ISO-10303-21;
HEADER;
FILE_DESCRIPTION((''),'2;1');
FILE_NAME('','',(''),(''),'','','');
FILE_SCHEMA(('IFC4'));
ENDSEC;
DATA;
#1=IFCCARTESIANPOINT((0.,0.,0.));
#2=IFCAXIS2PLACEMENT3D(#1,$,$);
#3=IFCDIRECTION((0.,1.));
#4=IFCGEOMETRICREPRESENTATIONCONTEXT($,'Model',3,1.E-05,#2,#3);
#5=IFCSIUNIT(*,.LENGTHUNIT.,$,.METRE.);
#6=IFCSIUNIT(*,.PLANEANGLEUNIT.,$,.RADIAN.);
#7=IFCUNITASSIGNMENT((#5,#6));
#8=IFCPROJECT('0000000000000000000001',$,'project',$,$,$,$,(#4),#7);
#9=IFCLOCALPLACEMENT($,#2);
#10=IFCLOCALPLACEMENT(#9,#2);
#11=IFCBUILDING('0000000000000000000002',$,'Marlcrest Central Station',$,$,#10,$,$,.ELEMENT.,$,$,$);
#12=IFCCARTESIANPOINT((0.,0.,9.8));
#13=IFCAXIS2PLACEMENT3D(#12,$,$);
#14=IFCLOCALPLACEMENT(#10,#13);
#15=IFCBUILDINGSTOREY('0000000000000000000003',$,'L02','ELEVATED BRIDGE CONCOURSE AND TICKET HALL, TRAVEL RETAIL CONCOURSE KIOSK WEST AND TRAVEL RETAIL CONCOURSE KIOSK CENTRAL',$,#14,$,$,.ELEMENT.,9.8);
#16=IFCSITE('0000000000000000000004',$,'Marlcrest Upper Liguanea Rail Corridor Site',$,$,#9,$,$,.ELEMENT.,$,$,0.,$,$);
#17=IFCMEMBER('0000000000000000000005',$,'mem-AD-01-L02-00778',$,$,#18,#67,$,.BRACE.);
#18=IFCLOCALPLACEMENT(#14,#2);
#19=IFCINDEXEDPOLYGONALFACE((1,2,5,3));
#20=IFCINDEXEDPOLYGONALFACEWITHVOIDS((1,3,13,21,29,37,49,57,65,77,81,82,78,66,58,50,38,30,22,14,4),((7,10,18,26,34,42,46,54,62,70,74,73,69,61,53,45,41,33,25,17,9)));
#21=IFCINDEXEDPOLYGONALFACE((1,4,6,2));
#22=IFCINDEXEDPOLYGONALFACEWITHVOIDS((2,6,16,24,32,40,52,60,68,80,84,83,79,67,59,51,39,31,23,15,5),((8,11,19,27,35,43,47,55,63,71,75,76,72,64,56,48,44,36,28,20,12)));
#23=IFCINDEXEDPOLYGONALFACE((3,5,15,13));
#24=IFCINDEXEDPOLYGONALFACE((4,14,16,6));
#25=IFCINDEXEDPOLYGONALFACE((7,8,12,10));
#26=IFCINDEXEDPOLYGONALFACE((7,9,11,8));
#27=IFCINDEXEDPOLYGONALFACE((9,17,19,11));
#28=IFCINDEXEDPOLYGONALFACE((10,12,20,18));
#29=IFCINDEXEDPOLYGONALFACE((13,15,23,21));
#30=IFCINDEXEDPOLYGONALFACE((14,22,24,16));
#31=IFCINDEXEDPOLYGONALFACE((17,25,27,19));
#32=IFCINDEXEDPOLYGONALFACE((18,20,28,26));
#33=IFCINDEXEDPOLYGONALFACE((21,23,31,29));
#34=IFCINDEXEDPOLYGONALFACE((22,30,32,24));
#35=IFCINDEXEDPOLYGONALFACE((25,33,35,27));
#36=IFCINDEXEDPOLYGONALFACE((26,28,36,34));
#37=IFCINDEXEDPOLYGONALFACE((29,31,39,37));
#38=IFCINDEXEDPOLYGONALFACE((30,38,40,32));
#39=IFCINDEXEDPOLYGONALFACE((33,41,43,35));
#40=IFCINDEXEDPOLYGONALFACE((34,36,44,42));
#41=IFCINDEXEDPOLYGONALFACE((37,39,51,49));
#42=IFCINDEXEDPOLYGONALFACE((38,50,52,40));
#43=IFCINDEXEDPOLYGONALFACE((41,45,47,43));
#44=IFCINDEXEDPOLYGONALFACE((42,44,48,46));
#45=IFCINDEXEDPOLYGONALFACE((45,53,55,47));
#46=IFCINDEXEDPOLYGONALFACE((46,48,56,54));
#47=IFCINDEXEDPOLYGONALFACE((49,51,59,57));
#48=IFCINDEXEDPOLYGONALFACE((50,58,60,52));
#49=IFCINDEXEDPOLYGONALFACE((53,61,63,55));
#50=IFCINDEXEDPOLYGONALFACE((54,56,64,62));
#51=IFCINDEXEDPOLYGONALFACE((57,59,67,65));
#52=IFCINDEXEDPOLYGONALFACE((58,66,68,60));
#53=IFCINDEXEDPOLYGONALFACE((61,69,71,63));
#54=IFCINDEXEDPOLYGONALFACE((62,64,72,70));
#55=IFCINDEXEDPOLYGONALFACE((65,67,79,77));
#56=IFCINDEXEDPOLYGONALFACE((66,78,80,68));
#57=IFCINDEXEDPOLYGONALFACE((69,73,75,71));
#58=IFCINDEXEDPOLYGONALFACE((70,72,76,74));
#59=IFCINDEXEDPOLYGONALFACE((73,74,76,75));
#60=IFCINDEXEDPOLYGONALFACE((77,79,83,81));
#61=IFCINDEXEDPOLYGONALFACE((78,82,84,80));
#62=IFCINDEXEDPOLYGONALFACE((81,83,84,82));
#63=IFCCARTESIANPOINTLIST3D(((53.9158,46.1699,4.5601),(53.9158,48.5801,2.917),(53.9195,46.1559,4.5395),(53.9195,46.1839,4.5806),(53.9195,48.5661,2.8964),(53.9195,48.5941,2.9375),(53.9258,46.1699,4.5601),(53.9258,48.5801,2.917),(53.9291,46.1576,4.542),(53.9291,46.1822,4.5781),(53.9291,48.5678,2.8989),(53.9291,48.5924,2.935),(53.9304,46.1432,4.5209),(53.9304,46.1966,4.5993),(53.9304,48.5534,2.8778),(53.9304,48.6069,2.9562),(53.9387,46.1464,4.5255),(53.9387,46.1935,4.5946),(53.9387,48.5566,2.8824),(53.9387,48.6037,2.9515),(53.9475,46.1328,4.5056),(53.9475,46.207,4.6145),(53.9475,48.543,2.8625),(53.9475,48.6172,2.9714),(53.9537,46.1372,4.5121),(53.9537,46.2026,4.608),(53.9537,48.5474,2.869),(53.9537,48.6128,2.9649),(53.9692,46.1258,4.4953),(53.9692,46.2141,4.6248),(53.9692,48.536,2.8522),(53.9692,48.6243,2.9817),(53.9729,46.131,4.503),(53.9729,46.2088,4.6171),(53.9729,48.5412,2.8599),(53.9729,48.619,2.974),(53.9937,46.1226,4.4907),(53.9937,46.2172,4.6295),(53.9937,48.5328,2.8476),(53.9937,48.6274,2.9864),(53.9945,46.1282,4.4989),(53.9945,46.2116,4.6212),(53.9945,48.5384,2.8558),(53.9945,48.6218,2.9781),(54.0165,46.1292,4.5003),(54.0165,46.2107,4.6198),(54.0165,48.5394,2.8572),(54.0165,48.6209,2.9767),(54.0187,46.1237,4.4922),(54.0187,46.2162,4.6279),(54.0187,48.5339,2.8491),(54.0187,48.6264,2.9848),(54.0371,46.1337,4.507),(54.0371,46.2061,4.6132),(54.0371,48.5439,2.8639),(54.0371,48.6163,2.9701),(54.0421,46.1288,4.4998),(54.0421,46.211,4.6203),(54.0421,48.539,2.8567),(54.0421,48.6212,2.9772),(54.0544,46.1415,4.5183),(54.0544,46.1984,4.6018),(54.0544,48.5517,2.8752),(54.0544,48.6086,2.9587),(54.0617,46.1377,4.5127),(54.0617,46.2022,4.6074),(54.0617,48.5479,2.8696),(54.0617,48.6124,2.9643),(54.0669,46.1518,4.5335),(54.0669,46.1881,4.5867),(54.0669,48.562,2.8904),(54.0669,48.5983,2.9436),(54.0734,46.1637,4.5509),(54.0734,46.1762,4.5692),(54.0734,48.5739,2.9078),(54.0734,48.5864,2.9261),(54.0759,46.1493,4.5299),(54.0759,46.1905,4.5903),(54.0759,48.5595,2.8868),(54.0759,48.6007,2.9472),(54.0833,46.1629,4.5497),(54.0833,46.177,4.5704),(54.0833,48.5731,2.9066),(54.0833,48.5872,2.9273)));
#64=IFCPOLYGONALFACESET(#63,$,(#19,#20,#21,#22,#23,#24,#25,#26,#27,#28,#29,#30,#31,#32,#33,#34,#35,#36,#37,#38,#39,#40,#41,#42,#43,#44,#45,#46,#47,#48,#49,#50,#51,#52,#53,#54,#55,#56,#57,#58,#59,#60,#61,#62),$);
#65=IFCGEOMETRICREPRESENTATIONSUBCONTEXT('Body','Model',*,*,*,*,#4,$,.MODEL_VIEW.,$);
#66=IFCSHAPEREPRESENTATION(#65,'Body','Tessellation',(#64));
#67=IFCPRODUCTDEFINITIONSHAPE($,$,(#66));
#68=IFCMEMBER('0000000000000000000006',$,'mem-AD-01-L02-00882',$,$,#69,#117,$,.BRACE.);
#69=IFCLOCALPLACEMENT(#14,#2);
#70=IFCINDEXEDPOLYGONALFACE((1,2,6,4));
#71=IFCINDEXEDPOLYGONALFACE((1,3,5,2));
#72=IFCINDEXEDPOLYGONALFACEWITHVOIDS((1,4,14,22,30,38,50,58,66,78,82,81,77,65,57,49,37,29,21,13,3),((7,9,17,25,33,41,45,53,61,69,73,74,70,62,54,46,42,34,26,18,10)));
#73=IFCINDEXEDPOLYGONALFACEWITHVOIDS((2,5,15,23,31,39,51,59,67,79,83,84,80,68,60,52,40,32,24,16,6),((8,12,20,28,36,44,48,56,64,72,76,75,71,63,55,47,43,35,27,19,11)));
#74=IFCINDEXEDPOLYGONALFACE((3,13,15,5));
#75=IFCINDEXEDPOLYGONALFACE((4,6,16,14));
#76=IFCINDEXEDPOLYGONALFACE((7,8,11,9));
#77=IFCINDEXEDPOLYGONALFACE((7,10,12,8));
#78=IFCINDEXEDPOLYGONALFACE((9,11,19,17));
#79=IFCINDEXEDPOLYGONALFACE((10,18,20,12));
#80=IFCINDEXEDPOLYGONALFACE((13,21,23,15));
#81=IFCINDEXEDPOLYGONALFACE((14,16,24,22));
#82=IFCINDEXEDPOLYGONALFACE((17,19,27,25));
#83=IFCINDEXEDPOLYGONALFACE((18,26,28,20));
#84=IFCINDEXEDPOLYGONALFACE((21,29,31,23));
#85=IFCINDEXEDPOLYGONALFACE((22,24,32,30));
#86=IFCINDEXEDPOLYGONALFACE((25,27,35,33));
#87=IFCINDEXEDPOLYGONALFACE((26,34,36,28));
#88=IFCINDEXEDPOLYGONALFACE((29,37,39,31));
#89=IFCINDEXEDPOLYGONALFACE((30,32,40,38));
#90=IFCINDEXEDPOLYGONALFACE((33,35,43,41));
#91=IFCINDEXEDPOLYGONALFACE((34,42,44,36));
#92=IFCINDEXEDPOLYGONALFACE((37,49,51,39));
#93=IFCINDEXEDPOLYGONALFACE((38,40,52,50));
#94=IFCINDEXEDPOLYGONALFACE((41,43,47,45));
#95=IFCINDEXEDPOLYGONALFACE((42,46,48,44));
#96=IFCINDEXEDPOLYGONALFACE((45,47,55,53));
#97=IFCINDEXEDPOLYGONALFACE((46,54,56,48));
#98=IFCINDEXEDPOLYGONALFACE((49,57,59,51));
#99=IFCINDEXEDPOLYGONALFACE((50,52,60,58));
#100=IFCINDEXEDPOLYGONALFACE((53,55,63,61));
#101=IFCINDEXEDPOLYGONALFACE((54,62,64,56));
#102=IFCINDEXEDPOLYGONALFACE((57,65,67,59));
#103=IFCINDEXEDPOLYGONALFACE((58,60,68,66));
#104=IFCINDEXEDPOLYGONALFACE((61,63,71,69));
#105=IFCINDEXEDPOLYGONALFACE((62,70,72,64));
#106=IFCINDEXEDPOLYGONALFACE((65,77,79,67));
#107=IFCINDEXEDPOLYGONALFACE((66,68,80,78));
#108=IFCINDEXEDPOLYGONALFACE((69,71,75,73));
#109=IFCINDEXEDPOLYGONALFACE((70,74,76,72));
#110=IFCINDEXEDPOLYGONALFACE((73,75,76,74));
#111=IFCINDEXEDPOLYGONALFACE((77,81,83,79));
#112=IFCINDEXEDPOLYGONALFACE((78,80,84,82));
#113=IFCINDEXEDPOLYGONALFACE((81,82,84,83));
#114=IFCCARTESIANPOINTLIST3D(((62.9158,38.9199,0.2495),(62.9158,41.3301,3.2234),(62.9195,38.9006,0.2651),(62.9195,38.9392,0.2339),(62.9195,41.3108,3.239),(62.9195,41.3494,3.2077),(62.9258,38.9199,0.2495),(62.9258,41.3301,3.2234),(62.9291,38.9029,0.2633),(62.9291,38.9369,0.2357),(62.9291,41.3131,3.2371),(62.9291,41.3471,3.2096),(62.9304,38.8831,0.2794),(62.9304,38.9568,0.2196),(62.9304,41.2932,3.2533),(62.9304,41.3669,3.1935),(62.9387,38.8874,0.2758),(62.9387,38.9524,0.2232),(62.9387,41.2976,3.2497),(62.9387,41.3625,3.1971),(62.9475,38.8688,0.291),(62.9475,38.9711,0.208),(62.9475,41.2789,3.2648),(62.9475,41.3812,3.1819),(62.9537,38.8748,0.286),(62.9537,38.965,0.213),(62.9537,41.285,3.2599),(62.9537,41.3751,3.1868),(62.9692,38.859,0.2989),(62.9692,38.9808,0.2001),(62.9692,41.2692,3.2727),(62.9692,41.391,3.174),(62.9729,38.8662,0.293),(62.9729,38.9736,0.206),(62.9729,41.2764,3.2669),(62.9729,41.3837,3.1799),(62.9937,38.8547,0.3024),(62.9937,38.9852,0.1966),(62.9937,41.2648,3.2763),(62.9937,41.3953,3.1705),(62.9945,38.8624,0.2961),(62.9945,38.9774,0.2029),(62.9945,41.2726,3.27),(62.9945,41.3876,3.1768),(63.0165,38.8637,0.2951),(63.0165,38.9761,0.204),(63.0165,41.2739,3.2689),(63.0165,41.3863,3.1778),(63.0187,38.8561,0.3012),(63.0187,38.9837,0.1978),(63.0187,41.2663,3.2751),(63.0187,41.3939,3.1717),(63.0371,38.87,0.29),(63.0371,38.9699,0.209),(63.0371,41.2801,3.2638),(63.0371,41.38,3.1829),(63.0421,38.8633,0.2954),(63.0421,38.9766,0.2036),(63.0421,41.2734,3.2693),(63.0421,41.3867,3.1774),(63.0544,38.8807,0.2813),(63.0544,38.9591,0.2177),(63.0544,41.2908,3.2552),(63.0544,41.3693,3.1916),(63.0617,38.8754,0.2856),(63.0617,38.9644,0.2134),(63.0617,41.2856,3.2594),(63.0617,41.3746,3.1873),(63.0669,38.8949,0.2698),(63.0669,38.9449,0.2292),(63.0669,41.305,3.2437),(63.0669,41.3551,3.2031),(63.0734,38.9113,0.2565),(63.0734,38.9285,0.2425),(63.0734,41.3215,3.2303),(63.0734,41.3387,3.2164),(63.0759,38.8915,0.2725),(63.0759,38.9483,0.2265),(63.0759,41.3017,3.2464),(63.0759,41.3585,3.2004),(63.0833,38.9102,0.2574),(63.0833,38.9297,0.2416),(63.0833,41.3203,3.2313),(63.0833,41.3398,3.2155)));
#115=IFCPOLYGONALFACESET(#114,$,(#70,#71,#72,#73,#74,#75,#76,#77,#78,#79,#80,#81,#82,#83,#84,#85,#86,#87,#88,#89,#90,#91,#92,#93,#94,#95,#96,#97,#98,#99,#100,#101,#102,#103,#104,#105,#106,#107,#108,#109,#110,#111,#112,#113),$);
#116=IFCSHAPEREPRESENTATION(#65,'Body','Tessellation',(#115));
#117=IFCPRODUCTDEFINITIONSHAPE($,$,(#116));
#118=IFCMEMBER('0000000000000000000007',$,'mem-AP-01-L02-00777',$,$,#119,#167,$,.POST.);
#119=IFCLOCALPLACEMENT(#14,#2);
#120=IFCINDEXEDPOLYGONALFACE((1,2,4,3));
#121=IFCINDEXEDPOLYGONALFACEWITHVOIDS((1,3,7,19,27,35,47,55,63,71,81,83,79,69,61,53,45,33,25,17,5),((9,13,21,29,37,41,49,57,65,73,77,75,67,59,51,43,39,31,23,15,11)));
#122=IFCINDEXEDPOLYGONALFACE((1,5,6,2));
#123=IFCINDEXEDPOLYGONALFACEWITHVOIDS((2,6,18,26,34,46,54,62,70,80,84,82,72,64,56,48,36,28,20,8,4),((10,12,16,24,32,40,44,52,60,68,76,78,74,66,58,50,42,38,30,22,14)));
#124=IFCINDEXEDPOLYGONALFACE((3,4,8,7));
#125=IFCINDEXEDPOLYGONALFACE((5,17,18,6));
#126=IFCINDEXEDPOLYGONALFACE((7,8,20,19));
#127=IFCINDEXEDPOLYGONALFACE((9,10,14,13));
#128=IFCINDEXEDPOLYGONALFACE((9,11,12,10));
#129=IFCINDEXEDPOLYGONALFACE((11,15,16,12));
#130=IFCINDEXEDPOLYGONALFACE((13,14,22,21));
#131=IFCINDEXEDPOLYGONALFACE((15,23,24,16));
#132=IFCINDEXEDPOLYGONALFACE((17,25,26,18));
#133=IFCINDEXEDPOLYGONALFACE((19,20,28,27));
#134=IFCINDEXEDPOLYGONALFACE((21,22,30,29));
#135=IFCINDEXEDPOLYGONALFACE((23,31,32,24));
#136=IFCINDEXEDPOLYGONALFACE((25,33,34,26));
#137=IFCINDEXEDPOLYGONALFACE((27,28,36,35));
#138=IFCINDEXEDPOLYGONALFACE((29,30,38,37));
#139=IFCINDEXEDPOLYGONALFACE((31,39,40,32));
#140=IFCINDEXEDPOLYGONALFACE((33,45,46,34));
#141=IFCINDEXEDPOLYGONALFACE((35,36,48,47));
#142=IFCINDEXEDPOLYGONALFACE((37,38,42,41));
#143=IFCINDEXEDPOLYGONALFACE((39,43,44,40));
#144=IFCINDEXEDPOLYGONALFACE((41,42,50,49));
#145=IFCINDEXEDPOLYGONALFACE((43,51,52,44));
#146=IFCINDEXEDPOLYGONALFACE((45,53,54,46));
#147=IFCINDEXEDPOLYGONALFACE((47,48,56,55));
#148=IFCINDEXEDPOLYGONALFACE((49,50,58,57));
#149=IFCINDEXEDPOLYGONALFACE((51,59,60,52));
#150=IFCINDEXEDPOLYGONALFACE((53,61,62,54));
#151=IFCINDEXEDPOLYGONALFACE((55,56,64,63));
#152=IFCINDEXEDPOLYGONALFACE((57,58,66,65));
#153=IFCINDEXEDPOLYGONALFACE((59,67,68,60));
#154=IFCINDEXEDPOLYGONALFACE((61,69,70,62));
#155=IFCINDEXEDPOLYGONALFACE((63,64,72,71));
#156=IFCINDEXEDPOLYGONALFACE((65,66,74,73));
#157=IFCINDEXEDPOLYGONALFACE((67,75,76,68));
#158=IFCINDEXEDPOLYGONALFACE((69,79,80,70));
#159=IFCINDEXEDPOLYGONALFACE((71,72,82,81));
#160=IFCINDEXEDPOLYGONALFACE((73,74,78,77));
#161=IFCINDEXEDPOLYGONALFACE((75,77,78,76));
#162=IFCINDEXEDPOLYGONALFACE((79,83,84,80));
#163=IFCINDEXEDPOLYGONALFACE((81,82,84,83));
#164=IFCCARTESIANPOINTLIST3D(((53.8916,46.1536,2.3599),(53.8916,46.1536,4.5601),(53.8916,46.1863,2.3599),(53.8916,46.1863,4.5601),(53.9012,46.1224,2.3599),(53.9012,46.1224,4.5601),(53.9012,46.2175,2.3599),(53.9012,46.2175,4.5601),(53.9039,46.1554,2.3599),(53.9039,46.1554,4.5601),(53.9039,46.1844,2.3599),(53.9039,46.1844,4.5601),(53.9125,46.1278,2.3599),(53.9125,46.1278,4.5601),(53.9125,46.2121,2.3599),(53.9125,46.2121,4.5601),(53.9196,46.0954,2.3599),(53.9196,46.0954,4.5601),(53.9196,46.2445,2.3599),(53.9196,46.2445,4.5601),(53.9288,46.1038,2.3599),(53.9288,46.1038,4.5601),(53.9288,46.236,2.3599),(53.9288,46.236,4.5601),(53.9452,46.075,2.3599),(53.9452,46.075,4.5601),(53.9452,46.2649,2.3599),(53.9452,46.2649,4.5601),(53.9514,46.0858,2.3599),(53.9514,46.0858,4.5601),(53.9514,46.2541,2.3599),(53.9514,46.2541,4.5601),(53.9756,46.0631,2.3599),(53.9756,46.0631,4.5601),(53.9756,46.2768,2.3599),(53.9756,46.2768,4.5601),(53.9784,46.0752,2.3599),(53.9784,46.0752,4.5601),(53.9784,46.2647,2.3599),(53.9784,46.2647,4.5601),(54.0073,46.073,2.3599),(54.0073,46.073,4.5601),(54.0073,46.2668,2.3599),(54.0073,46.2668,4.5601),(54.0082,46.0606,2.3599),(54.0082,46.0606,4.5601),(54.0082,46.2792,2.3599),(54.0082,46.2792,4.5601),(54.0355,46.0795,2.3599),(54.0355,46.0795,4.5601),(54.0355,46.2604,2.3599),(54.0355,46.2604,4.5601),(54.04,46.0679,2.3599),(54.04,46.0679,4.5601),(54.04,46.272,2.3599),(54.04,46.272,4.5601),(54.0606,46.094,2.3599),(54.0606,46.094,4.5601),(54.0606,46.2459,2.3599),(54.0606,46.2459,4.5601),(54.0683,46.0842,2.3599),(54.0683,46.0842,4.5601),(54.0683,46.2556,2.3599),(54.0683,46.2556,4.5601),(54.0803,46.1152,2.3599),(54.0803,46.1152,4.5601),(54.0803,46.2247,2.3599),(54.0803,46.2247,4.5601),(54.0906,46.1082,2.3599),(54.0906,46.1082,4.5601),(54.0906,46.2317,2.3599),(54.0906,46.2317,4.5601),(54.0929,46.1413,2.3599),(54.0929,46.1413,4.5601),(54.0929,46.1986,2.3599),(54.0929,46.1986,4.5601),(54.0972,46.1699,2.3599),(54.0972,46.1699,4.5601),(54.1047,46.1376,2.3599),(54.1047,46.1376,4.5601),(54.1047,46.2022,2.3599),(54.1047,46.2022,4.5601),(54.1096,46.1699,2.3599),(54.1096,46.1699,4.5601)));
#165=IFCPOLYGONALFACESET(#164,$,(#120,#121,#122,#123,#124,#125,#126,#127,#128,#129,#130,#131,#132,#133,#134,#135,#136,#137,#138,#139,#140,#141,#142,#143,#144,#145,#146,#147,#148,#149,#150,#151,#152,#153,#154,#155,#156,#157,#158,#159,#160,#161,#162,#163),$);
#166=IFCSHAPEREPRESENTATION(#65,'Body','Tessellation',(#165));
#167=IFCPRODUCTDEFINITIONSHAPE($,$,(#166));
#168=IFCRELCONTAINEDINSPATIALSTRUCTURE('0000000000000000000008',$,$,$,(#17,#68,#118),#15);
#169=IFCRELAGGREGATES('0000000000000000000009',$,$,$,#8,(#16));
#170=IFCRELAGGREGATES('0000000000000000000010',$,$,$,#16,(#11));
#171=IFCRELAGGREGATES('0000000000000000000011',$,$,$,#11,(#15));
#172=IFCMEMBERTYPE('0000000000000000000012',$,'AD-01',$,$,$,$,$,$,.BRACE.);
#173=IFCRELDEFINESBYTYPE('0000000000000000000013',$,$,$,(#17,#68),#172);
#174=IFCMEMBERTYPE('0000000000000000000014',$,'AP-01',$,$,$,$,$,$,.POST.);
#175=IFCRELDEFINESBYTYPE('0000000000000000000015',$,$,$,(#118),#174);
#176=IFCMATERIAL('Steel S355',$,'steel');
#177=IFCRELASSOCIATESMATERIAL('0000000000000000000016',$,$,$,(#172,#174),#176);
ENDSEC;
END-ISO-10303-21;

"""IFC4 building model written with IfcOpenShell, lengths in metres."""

from ifc_helpers import new_model, si_unit, direction, frame, origin, origin_2d, place, context, subcontext, project, spatial, hollow_circle, extrude, material, material_profile, profile_set, type_object, element, save


model = new_model("IFC4")

# Units and contexts
model_context = context("Model", 3, precision=1e-05, world=origin(), true_north=direction((0.0, 1.0)))
body_context = subcontext(model_context, "Body", "Model", "MODEL_VIEW")
ifc_project = project(units=[si_unit("LENGTHUNIT", "METRE"), si_unit("PLANEANGLEUNIT", "RADIAN")], contexts=[model_context])

# Site, building, storey
site_placement = place(None, origin())
site = spatial("IfcSite", under=ifc_project, at=site_placement, Name="Marlcrest Upper Liguanea Rail Corridor Site", CompositionType="ELEMENT", RefElevation=0.0)
building_placement = place(site_placement, origin())
building = spatial("IfcBuilding", under=site, at=building_placement, Name="Marlcrest Central Station", CompositionType="ELEMENT")
storey_placement = place(building_placement, frame((0.0, 0.0, 9.8)))
storey = spatial("IfcBuildingStorey", under=building, at=storey_placement, Name="L02", Description="ELEVATED BRIDGE CONCOURSE AND TICKET HALL, TRAVEL RETAIL CONCOURSE KIOSK WEST AND TRAVEL RETAIL CONCOURSE KIOSK CENTRAL", CompositionType="ELEMENT", Elevation=9.8)

# Members
ifc_material_1 = material(Name="Steel S355", Category="steel")
ifc_material_profile_1 = material_profile(ifc_material_1, hollow_circle(Radius=0.0842, WallThickness=0.01, at=origin_2d()), Name="CHS 168.3x10")
ifc_profile_set_1 = profile_set([ifc_material_profile_1], Name="Steel S355")
member_type_1 = type_object("IfcMemberType", Name="AD-01", PredefinedType="BRACE", material=ifc_profile_set_1)
member_1_placement = place(storey_placement, frame((54.0, 46.1699, 4.5601), z_axis=(0.0, 0.826263, -0.563285), x_axis=(-1.0, 0.0, 0.0)))
element("IfcMember", 1, at=member_1_placement, inside=storey, type_object=member_type_1, Name="mem-AD-01-L02-00778", PredefinedType="BRACE", context=body_context, shape_type="SweptSolid", body=[
    extrude(hollow_circle(Radius=0.0842, WallThickness=0.01, at=origin_2d()), origin(), (0.0, 0.0, 1.0), 2.917),
])
member_2_placement = place(storey_placement, frame((63.0, 38.9199, 0.2495), z_axis=(0.0, 0.629629, 0.776896), x_axis=(-1.0, 0.0, 0.0)))
element("IfcMember", 2, at=member_2_placement, inside=storey, type_object=member_type_1, Name="mem-AD-01-L02-00882", PredefinedType="BRACE", context=body_context, shape_type="SweptSolid", body=[
    extrude(hollow_circle(Radius=0.0842, WallThickness=0.01, at=origin_2d()), origin(), (0.0, 0.0, 1.0), 3.8279),
])
ifc_material_profile_2 = material_profile(ifc_material_1, hollow_circle(Radius=0.1096, WallThickness=0.0125, at=origin_2d()), Name="CHS 219.1x12.5")
ifc_profile_set_2 = profile_set([ifc_material_profile_2], Name="Steel S355")
member_type_2 = type_object("IfcMemberType", Name="AP-01", PredefinedType="POST", material=ifc_profile_set_2)
member_3_placement = place(storey_placement, frame((54.0, 46.1699, 2.3599), z_axis=(0.0, 0.0, 1.0), x_axis=(1.0, 0.0, 0.0)))
element("IfcMember", 3, at=member_3_placement, inside=storey, type_object=member_type_2, Name="mem-AP-01-L02-00777", PredefinedType="POST", context=body_context, shape_type="SweptSolid", body=[
    extrude(hollow_circle(Radius=0.1096, WallThickness=0.0125, at=origin_2d()), origin(), (0.0, 0.0, 1.0), 2.2002),
])

save(model, "model.ifc")
